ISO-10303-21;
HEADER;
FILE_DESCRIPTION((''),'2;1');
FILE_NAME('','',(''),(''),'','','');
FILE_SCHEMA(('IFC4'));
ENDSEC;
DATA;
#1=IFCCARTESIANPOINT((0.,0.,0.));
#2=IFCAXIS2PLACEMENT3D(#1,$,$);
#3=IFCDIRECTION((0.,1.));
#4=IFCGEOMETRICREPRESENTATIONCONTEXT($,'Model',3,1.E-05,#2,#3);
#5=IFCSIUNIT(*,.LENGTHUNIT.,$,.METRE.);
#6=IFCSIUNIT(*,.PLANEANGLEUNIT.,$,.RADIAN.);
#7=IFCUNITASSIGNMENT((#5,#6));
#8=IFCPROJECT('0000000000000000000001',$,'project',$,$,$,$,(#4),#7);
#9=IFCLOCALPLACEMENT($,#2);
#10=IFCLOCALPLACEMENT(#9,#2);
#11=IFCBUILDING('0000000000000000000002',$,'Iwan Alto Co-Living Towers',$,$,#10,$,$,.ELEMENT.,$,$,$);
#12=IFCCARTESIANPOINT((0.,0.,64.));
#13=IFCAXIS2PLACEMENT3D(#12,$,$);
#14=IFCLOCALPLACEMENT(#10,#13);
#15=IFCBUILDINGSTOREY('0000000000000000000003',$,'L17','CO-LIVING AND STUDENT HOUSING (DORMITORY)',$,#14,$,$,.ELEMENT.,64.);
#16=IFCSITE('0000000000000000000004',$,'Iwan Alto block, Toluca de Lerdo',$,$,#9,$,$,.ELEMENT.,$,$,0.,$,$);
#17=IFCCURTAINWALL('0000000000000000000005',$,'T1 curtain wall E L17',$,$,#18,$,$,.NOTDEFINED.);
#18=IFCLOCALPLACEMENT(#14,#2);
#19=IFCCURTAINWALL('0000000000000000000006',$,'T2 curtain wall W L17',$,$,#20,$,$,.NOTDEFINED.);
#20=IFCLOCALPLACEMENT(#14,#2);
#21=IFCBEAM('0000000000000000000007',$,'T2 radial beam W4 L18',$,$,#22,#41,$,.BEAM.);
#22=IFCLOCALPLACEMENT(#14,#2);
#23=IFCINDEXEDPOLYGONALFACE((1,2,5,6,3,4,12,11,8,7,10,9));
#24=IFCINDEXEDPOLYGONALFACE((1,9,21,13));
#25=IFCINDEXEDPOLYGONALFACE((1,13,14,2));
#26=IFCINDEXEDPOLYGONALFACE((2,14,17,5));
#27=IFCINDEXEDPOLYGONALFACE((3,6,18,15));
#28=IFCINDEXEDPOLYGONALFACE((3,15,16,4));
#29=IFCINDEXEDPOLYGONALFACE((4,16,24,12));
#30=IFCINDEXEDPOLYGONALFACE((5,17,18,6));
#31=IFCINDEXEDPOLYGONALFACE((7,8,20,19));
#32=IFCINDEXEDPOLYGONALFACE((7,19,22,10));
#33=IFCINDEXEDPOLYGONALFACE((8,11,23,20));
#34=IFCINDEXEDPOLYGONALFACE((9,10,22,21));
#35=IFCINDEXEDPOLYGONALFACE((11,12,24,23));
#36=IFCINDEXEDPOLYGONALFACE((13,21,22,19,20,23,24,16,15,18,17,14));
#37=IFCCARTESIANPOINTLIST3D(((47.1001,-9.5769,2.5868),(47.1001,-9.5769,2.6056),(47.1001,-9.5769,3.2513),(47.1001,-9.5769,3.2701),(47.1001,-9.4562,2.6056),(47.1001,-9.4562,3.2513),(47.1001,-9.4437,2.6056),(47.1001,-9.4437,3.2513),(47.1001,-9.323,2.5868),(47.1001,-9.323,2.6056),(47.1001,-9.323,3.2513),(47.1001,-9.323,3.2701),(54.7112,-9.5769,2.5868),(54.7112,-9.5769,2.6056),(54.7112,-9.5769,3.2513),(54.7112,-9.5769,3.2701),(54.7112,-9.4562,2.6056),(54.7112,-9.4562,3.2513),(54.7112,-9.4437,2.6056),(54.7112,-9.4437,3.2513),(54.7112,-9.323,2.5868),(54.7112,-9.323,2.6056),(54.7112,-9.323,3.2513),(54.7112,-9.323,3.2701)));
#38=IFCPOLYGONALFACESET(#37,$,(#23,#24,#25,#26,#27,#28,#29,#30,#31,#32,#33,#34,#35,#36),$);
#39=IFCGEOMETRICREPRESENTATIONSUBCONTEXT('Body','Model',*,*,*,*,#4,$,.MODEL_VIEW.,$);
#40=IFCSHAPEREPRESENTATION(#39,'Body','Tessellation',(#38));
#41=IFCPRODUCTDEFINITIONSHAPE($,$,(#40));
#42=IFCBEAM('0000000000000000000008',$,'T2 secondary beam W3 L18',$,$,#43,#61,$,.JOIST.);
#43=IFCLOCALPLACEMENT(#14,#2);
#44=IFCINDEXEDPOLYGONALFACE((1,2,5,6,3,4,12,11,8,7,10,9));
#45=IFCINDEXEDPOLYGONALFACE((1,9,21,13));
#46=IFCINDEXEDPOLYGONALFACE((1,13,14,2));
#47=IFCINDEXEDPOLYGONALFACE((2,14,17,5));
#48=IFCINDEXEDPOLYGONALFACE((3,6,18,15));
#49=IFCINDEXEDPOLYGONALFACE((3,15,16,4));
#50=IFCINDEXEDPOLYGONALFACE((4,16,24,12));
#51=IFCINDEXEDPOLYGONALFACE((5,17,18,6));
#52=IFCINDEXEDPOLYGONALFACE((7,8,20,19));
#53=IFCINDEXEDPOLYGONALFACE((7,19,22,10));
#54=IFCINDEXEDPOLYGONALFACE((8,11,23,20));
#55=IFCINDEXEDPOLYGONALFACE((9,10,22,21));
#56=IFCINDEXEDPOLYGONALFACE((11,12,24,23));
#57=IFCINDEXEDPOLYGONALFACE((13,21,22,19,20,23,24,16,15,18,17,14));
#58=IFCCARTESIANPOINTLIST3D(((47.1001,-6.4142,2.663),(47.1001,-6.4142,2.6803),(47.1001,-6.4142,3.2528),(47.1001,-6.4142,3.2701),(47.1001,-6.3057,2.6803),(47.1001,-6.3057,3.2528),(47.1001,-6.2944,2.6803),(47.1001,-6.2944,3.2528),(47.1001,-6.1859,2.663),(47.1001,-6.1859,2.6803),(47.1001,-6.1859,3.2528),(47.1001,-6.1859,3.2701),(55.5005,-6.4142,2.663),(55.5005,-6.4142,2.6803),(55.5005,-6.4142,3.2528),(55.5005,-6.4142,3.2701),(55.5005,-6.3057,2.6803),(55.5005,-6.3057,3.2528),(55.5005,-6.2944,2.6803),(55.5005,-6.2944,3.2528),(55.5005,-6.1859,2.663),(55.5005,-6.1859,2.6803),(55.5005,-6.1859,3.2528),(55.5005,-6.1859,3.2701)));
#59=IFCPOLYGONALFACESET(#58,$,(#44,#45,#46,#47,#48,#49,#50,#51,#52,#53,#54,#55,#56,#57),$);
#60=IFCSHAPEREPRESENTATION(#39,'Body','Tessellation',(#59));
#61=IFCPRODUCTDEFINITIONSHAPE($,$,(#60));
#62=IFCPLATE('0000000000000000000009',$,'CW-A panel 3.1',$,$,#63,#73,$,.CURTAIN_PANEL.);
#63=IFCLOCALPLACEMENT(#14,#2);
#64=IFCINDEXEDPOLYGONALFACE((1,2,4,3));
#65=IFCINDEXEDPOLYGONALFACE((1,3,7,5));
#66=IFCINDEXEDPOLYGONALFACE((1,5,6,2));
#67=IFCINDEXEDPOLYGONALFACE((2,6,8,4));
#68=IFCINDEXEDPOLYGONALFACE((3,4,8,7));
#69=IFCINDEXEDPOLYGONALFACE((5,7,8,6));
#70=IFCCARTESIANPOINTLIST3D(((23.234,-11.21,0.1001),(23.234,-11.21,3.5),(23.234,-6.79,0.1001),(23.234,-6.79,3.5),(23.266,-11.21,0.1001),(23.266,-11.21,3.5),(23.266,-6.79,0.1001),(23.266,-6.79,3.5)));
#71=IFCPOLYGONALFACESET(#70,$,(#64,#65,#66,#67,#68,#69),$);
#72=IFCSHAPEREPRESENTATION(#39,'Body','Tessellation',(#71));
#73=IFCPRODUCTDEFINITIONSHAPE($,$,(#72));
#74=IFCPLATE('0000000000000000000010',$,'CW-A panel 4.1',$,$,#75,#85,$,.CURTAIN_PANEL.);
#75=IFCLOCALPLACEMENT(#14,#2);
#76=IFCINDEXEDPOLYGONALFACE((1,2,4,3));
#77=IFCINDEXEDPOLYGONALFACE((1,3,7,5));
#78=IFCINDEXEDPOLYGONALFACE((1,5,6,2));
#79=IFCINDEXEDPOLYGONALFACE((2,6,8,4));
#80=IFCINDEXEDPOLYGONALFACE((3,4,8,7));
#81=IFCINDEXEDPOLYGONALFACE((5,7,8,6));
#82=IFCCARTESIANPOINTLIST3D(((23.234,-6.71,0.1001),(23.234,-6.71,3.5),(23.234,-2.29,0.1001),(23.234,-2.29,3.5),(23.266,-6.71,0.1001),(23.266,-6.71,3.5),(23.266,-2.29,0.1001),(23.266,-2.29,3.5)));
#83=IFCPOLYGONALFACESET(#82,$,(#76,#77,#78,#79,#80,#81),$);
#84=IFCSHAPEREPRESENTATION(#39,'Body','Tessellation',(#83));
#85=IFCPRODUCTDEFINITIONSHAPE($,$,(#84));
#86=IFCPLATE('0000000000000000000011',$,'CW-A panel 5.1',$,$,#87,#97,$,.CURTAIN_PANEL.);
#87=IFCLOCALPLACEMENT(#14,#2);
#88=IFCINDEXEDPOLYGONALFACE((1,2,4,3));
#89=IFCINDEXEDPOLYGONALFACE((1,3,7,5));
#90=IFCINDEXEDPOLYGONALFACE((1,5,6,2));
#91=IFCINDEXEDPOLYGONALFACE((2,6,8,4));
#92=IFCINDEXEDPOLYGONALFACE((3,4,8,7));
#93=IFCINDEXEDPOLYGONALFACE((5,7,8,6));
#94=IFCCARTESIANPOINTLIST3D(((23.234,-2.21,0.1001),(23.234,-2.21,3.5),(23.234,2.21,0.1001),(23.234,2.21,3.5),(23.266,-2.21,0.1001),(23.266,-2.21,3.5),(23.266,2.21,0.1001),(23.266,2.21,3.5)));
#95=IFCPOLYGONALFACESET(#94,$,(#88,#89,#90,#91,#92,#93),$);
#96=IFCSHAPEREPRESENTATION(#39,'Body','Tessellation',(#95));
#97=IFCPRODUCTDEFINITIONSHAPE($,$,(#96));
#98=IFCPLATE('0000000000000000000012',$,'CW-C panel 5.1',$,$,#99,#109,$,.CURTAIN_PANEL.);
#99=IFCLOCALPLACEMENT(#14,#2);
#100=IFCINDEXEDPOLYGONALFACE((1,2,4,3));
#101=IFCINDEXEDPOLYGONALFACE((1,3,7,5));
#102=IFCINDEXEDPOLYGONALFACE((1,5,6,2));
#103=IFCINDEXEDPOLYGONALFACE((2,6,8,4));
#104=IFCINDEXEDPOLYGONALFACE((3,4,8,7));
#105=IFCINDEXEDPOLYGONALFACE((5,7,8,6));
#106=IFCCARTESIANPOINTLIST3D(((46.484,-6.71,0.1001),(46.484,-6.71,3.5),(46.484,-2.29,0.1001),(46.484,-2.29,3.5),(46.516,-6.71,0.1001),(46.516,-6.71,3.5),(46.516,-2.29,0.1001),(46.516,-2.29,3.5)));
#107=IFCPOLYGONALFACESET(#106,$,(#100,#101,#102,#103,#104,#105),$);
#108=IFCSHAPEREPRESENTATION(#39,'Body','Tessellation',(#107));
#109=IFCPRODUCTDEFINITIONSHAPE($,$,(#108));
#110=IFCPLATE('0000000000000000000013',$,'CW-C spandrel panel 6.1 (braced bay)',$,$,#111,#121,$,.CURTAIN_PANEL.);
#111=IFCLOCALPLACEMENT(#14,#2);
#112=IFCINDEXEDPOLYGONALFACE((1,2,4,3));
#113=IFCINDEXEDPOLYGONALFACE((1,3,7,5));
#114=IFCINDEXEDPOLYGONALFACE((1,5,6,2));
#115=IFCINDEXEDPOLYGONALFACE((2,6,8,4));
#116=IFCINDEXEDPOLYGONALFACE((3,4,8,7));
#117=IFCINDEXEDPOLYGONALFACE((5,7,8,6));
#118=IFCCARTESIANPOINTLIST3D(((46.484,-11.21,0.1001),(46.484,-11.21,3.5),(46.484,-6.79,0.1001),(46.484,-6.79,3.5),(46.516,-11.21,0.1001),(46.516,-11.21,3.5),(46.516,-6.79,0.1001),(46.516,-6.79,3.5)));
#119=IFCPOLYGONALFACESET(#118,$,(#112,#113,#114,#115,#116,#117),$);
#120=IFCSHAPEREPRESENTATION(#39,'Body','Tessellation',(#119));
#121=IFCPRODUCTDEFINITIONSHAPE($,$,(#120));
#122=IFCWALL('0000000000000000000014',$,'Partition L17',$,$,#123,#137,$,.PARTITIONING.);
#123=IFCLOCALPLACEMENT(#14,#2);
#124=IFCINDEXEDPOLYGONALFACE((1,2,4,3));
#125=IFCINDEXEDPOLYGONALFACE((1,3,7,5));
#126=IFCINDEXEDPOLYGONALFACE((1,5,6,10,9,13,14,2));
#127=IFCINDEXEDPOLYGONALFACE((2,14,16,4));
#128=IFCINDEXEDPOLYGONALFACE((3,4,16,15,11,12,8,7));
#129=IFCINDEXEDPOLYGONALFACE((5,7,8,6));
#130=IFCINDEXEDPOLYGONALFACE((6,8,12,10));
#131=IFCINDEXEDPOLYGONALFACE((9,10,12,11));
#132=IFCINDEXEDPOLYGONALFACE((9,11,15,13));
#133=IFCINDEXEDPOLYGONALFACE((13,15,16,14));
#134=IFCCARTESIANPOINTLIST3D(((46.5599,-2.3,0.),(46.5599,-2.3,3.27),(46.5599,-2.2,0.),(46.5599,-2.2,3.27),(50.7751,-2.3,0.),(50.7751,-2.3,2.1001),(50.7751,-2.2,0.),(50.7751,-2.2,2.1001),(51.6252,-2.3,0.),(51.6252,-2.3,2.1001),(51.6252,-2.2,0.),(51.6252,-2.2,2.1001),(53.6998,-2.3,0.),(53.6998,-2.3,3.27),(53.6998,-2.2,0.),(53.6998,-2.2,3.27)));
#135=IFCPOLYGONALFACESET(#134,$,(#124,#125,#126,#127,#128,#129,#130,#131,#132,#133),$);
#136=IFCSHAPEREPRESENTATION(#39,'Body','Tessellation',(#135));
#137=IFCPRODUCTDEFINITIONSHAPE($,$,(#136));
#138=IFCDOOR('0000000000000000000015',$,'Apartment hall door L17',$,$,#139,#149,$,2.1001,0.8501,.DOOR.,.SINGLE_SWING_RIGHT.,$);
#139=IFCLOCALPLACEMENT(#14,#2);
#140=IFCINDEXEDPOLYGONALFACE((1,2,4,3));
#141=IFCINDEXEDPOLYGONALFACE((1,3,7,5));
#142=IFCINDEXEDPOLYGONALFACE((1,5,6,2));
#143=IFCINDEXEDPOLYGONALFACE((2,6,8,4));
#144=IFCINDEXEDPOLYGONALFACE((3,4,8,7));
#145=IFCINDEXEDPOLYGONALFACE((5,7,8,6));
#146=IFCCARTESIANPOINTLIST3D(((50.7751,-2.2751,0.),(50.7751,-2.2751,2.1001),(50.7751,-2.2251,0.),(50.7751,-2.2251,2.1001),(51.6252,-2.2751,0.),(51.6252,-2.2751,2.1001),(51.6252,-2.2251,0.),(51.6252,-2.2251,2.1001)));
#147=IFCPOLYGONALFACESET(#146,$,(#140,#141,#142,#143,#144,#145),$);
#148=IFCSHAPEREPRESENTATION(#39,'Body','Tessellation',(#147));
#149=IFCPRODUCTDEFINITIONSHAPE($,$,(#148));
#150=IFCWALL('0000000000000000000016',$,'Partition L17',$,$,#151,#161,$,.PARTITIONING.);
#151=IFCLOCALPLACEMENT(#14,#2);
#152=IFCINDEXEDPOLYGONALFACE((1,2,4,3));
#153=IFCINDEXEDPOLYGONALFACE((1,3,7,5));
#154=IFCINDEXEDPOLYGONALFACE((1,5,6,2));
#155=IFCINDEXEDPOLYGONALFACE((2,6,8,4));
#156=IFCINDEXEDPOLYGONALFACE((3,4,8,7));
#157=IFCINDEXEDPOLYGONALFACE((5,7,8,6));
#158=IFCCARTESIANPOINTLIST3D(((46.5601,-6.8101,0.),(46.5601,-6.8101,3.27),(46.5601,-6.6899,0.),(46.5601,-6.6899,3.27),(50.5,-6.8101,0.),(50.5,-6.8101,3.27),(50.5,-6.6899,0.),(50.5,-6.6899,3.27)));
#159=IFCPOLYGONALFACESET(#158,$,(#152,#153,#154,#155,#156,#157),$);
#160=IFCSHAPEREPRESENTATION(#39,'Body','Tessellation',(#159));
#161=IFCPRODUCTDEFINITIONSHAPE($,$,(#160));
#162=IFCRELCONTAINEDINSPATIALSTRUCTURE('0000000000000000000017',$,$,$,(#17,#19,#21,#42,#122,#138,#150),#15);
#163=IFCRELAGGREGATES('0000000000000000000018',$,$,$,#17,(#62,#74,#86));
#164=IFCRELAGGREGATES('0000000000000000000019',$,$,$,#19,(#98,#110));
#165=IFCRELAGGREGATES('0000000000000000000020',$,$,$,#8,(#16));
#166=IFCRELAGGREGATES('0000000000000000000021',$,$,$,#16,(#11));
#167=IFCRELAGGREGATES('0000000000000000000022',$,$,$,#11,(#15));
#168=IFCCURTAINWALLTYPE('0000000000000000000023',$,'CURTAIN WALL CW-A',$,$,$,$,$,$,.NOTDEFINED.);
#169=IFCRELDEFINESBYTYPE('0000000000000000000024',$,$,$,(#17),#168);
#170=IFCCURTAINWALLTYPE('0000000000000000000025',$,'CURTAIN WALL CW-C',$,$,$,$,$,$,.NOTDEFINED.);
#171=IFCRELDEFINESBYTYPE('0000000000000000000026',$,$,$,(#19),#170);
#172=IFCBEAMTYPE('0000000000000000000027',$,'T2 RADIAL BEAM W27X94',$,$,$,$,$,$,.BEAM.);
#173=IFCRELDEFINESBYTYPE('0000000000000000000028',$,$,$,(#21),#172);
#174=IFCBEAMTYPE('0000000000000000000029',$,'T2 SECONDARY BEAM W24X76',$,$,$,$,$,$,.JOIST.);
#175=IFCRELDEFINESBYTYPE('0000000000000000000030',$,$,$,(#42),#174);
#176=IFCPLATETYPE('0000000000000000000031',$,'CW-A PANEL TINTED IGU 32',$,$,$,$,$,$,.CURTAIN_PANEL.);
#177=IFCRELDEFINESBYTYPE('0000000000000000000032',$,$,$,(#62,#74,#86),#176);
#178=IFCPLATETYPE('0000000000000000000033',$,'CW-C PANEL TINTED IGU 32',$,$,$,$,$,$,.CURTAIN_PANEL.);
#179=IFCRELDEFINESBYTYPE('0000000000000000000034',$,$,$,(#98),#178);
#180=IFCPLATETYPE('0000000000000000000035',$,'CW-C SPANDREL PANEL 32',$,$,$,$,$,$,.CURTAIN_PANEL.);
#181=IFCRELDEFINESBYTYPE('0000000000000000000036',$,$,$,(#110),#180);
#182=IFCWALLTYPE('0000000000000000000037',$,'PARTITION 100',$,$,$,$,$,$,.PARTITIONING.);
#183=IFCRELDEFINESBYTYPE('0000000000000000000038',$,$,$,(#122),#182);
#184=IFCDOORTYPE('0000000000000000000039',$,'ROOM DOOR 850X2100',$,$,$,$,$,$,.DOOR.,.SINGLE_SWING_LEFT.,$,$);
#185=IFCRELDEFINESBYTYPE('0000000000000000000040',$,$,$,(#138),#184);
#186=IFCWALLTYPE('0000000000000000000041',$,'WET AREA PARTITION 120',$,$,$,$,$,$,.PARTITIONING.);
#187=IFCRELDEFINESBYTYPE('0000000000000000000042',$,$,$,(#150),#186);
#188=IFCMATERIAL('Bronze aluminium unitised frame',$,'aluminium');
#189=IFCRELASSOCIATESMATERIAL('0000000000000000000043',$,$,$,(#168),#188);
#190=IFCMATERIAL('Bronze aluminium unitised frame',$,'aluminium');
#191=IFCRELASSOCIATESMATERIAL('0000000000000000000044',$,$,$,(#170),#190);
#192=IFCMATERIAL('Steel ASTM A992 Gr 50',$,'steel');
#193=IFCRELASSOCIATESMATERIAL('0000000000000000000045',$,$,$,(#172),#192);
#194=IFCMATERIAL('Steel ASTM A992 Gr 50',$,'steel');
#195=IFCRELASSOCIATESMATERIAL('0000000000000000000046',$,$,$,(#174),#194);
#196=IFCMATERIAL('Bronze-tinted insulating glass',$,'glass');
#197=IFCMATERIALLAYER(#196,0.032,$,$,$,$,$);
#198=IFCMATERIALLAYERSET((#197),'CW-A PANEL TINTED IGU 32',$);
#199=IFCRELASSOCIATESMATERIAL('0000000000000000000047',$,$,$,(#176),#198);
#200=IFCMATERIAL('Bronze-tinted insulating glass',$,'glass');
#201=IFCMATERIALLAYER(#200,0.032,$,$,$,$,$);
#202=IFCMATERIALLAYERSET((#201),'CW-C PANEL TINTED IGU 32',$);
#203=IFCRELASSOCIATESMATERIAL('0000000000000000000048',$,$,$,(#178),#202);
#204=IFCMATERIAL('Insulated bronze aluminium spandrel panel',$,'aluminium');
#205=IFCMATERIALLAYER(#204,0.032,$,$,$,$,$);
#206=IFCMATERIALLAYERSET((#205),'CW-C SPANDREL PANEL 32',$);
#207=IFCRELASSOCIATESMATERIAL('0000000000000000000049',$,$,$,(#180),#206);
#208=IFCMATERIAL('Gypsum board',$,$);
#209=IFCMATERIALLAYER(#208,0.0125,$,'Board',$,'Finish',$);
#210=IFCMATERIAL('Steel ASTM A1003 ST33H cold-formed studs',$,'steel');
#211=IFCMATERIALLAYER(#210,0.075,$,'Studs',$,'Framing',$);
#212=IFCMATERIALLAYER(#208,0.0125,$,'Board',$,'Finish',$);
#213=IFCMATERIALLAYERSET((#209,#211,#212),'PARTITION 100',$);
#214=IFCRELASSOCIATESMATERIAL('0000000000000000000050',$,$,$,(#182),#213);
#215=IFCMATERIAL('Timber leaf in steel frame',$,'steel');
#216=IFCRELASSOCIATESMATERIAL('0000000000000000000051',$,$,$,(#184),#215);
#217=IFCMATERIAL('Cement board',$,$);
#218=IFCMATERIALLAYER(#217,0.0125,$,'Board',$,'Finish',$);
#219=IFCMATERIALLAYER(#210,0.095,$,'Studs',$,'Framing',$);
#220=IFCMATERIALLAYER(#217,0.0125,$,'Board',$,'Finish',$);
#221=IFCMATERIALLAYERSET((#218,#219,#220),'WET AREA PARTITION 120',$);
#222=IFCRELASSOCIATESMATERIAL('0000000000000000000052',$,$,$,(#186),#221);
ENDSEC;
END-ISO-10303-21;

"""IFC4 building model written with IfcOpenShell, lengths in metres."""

from ifc_helpers import new_model, si_unit, direction, frame, frame_2d, origin, origin_2d, place, context, subcontext, project, spatial, rectangle, i_section, extrude, material, layer, layer_set, material_profile, profile_set, type_object, element, fill, aggregate, save


model = new_model("IFC4")

# Units and contexts
model_context = context("Model", 3, precision=1e-05, world=origin(), true_north=direction((0.0, 1.0)))
body_context = subcontext(model_context, "Body", "Model", "MODEL_VIEW")
ifc_project = project(units=[si_unit("LENGTHUNIT", "METRE"), si_unit("PLANEANGLEUNIT", "RADIAN")], contexts=[model_context])

# Site, building, storey
site_placement = place(None, origin())
site = spatial("IfcSite", under=ifc_project, at=site_placement, Name="Iwan Alto block, Toluca de Lerdo", CompositionType="ELEMENT", RefElevation=0.0)
building_placement = place(site_placement, origin())
building = spatial("IfcBuilding", under=site, at=building_placement, Name="Iwan Alto Co-Living Towers", CompositionType="ELEMENT")
storey_placement = place(building_placement, frame((0.0, 0.0, 64.0)))
storey = spatial("IfcBuildingStorey", under=building, at=storey_placement, Name="L17", Description="CO-LIVING AND STUDENT HOUSING (DORMITORY)", CompositionType="ELEMENT", Elevation=64.0)

# Curtain walls
ifc_material_1 = material(Name="Bronze aluminium unitised frame", Category="aluminium")
curtain_wall_type_1 = type_object("IfcCurtainWallType", Name="CURTAIN WALL CW-A", PredefinedType="NOTDEFINED", material=ifc_material_1)
curtain_wall_1_placement = place(storey_placement, origin())
curtain_wall_1 = element("IfcCurtainWall", 1, at=curtain_wall_1_placement, inside=storey, type_object=curtain_wall_type_1, Name="T1 curtain wall E L17", PredefinedType="NOTDEFINED")
ifc_material_2 = material(Name="Bronze aluminium unitised frame", Category="aluminium")
curtain_wall_type_2 = type_object("IfcCurtainWallType", Name="CURTAIN WALL CW-C", PredefinedType="NOTDEFINED", material=ifc_material_2)
curtain_wall_2_placement = place(storey_placement, origin())
curtain_wall_2 = element("IfcCurtainWall", 2, at=curtain_wall_2_placement, inside=storey, type_object=curtain_wall_type_2, Name="T2 curtain wall W L17", PredefinedType="NOTDEFINED")

# Beams
ifc_material_3 = material(Name="Steel ASTM A992 Gr 50", Category="steel")
ifc_material_profile_1 = material_profile(ifc_material_3, i_section(OverallWidth=0.2539, OverallDepth=0.6833, WebThickness=0.0125, FlangeThickness=0.0188, at=origin_2d()), Name="W27X94")
ifc_profile_set_1 = profile_set([ifc_material_profile_1], Name="Steel ASTM A992 Gr 50")
beam_type_1 = type_object("IfcBeamType", Name="T2 RADIAL BEAM W27X94", PredefinedType="BEAM", material=ifc_profile_set_1)
beam_1_placement = place(storey_placement, frame((47.1001, -9.45, 2.9285), z_axis=(1.0, 0.0, 0.0), x_axis=(0.0, 1.0, 0.0)))
element("IfcBeam", 3, at=beam_1_placement, inside=storey, type_object=beam_type_1, Name="T2 radial beam W4 L18", PredefinedType="BEAM", context=body_context, shape_type="SweptSolid", body=[
    extrude(i_section(OverallWidth=0.2539, OverallDepth=0.6833, WebThickness=0.0125, FlangeThickness=0.0188, at=origin_2d()), origin(), (0.0, 0.0, 1.0), 7.6111),
])
ifc_material_4 = material(Name="Steel ASTM A992 Gr 50", Category="steel")
ifc_material_profile_2 = material_profile(ifc_material_4, i_section(OverallWidth=0.2283, OverallDepth=0.6072, WebThickness=0.0112, FlangeThickness=0.0173, at=origin_2d()), Name="W24X76")
ifc_profile_set_2 = profile_set([ifc_material_profile_2], Name="Steel ASTM A992 Gr 50")
beam_type_2 = type_object("IfcBeamType", Name="T2 SECONDARY BEAM W24X76", PredefinedType="JOIST", material=ifc_profile_set_2)
beam_2_placement = place(storey_placement, frame((47.1001, -6.3, 2.9666), z_axis=(1.0, 0.0, 0.0), x_axis=(0.0, 1.0, 0.0)))
element("IfcBeam", 4, at=beam_2_placement, inside=storey, type_object=beam_type_2, Name="T2 secondary beam W3 L18", PredefinedType="JOIST", context=body_context, shape_type="SweptSolid", body=[
    extrude(i_section(OverallWidth=0.2283, OverallDepth=0.6072, WebThickness=0.0112, FlangeThickness=0.0173, at=origin_2d()), origin(), (0.0, 0.0, 1.0), 8.4004),
])

# Plates
ifc_material_5 = material(Name="Bronze-tinted insulating glass", Category="glass")
ifc_layer_1 = layer(ifc_material_5, 0.032)
ifc_layer_set_1 = layer_set([ifc_layer_1], Name="CW-A PANEL TINTED IGU 32")
plate_type_1 = type_object("IfcPlateType", Name="CW-A PANEL TINTED IGU 32", PredefinedType="CURTAIN_PANEL", material=ifc_layer_set_1)
plate_1_placement = place(storey_placement, frame((23.25, -9.0, 0.1001), z_axis=(0.0, 0.0, 1.0), x_axis=(0.0, 1.0, 0.0)))
plate_1 = element("IfcPlate", 5, at=plate_1_placement, type_object=plate_type_1, Name="CW-A panel 3.1", PredefinedType="CURTAIN_PANEL", context=body_context, shape_type="SweptSolid", body=[
    extrude(rectangle(XDim=4.4199, YDim=0.032, at=origin_2d()), origin(), (0.0, 0.0, 1.0), 3.3999),
])
plate_2_placement = place(storey_placement, frame((23.25, -4.5, 0.1001), z_axis=(0.0, 0.0, 1.0), x_axis=(0.0, 1.0, 0.0)))
plate_2 = element("IfcPlate", 6, at=plate_2_placement, type_object=plate_type_1, Name="CW-A panel 4.1", PredefinedType="CURTAIN_PANEL", context=body_context, shape_type="SweptSolid", body=[
    extrude(rectangle(XDim=4.4199, YDim=0.032, at=origin_2d()), origin(), (0.0, 0.0, 1.0), 3.3999),
])
plate_3_placement = place(storey_placement, frame((23.25, 0.0, 0.1001), z_axis=(0.0, 0.0, 1.0), x_axis=(0.0, 1.0, 0.0)))
plate_3 = element("IfcPlate", 7, at=plate_3_placement, type_object=plate_type_1, Name="CW-A panel 5.1", PredefinedType="CURTAIN_PANEL", context=body_context, shape_type="SweptSolid", body=[
    extrude(rectangle(XDim=4.4199, YDim=0.032, at=origin_2d()), origin(), (0.0, 0.0, 1.0), 3.3999),
])
aggregate(curtain_wall_1, [plate_1, plate_2, plate_3])
ifc_material_6 = material(Name="Bronze-tinted insulating glass", Category="glass")
ifc_layer_2 = layer(ifc_material_6, 0.032)
ifc_layer_set_2 = layer_set([ifc_layer_2], Name="CW-C PANEL TINTED IGU 32")
plate_type_2 = type_object("IfcPlateType", Name="CW-C PANEL TINTED IGU 32", PredefinedType="CURTAIN_PANEL", material=ifc_layer_set_2)
plate_4_placement = place(storey_placement, frame((46.5, -4.5, 0.1001), z_axis=(0.0, 0.0, 1.0), x_axis=(0.0, -1.0, 0.0)))
plate_4 = element("IfcPlate", 8, at=plate_4_placement, type_object=plate_type_2, Name="CW-C panel 5.1", PredefinedType="CURTAIN_PANEL", context=body_context, shape_type="SweptSolid", body=[
    extrude(rectangle(XDim=4.4199, YDim=0.032, at=origin_2d()), origin(), (0.0, 0.0, 1.0), 3.3999),
])
ifc_material_7 = material(Name="Insulated bronze aluminium spandrel panel", Category="aluminium")
ifc_layer_3 = layer(ifc_material_7, 0.032)
ifc_layer_set_3 = layer_set([ifc_layer_3], Name="CW-C SPANDREL PANEL 32")
plate_type_3 = type_object("IfcPlateType", Name="CW-C SPANDREL PANEL 32", PredefinedType="CURTAIN_PANEL", material=ifc_layer_set_3)
plate_5_placement = place(storey_placement, frame((46.5, -9.0, 0.1001), z_axis=(0.0, 0.0, 1.0), x_axis=(0.0, -1.0, 0.0)))
plate_5 = element("IfcPlate", 9, at=plate_5_placement, type_object=plate_type_3, Name="CW-C spandrel panel 6.1 (braced bay)", PredefinedType="CURTAIN_PANEL", context=body_context, shape_type="SweptSolid", body=[
    extrude(rectangle(XDim=4.4199, YDim=0.032, at=origin_2d()), origin(), (0.0, 0.0, 1.0), 3.3999),
])
aggregate(curtain_wall_2, [plate_4, plate_5])

# Wall, opening, door
ifc_material_8 = material(Name="Gypsum board")
ifc_layer_4 = layer(ifc_material_8, 0.0125, Name="Board", Category="Finish")
ifc_material_9 = material(Name="Steel ASTM A1003 ST33H cold-formed studs", Category="steel")
ifc_layer_5 = layer(ifc_material_9, 0.075, Name="Studs", Category="Framing")
ifc_layer_6 = layer(ifc_material_8, 0.0125, Name="Board", Category="Finish")
ifc_layer_set_4 = layer_set([ifc_layer_4, ifc_layer_5, ifc_layer_6], Name="PARTITION 100")
wall_type_1 = type_object("IfcWallType", Name="PARTITION 100", PredefinedType="PARTITIONING", material=ifc_layer_set_4)
wall_1_placement = place(storey_placement, frame((46.5601, -2.25, 0.0), z_axis=(0.0, 0.0, 1.0), x_axis=(1.0, 0.0, 0.0)))
wall_1 = element("IfcWall", 10, at=wall_1_placement, inside=storey, type_object=wall_type_1, Name="Partition L17", PredefinedType="PARTITIONING", context=body_context, shape_type="SweptSolid", body=[
    extrude(rectangle(XDim=7.1399, YDim=0.1001, at=frame_2d((3.5698, 0.0))), origin(), (0.0, 0.0, 1.0), 3.27),
])
opening_placement = place(wall_1_placement, frame((4.2151, 0.0, 0.0)))
opening = element("IfcOpeningElement", 11, at=opening_placement, cuts=wall_1, PredefinedType="OPENING", context=body_context, shape_type="SweptSolid", body=[
    extrude(rectangle(XDim=0.8501, YDim=2.1001, at=frame_2d((0.425, 1.05))), frame((0.0, 0.0601, 0.0), z_axis=(0.0, -1.0, 0.0), x_axis=(1.0, 0.0, 0.0)), (0.0, 0.0, 1.0), 0.1201),
])
ifc_material_10 = material(Name="Timber leaf in steel frame", Category="steel")
door_type = type_object("IfcDoorType", Name="ROOM DOOR 850X2100", OperationType="SINGLE_SWING_LEFT", PredefinedType="DOOR", material=ifc_material_10)
door_placement = place(opening_placement, origin())
door = element("IfcDoor", 12, at=door_placement, inside=storey, type_object=door_type, Name="Apartment hall door L17", OperationType="SINGLE_SWING_RIGHT", OverallHeight=2.1001, OverallWidth=0.8501, PredefinedType="DOOR", context=body_context, shape_type="SweptSolid", body=[
    extrude(rectangle(XDim=0.8501, YDim=2.1001, at=frame_2d((0.425, 1.05))), frame((0.0, 0.0249, 0.0), z_axis=(0.0, -1.0, 0.0), x_axis=(1.0, 0.0, 0.0)), (0.0, 0.0, 1.0), 0.05),
])
fill(opening, door)

# Wall
ifc_material_11 = material(Name="Cement board")
ifc_layer_7 = layer(ifc_material_11, 0.0125, Name="Board", Category="Finish")
ifc_layer_8 = layer(ifc_material_9, 0.095, Name="Studs", Category="Framing")
ifc_layer_9 = layer(ifc_material_11, 0.0125, Name="Board", Category="Finish")
ifc_layer_set_5 = layer_set([ifc_layer_7, ifc_layer_8, ifc_layer_9], Name="WET AREA PARTITION 120")
wall_type_2 = type_object("IfcWallType", Name="WET AREA PARTITION 120", PredefinedType="PARTITIONING", material=ifc_layer_set_5)
wall_2_placement = place(storey_placement, frame((46.5601, -6.75, 0.0), z_axis=(0.0, 0.0, 1.0), x_axis=(1.0, 0.0, 0.0)))
element("IfcWall", 13, at=wall_2_placement, inside=storey, type_object=wall_type_2, Name="Partition L17", PredefinedType="PARTITIONING", context=body_context, shape_type="SweptSolid", body=[
    extrude(rectangle(XDim=3.9399, YDim=0.1201, at=frame_2d((1.97, 0.0))), origin(), (0.0, 0.0, 1.0), 3.27),
])

save(model, "model.ifc")
